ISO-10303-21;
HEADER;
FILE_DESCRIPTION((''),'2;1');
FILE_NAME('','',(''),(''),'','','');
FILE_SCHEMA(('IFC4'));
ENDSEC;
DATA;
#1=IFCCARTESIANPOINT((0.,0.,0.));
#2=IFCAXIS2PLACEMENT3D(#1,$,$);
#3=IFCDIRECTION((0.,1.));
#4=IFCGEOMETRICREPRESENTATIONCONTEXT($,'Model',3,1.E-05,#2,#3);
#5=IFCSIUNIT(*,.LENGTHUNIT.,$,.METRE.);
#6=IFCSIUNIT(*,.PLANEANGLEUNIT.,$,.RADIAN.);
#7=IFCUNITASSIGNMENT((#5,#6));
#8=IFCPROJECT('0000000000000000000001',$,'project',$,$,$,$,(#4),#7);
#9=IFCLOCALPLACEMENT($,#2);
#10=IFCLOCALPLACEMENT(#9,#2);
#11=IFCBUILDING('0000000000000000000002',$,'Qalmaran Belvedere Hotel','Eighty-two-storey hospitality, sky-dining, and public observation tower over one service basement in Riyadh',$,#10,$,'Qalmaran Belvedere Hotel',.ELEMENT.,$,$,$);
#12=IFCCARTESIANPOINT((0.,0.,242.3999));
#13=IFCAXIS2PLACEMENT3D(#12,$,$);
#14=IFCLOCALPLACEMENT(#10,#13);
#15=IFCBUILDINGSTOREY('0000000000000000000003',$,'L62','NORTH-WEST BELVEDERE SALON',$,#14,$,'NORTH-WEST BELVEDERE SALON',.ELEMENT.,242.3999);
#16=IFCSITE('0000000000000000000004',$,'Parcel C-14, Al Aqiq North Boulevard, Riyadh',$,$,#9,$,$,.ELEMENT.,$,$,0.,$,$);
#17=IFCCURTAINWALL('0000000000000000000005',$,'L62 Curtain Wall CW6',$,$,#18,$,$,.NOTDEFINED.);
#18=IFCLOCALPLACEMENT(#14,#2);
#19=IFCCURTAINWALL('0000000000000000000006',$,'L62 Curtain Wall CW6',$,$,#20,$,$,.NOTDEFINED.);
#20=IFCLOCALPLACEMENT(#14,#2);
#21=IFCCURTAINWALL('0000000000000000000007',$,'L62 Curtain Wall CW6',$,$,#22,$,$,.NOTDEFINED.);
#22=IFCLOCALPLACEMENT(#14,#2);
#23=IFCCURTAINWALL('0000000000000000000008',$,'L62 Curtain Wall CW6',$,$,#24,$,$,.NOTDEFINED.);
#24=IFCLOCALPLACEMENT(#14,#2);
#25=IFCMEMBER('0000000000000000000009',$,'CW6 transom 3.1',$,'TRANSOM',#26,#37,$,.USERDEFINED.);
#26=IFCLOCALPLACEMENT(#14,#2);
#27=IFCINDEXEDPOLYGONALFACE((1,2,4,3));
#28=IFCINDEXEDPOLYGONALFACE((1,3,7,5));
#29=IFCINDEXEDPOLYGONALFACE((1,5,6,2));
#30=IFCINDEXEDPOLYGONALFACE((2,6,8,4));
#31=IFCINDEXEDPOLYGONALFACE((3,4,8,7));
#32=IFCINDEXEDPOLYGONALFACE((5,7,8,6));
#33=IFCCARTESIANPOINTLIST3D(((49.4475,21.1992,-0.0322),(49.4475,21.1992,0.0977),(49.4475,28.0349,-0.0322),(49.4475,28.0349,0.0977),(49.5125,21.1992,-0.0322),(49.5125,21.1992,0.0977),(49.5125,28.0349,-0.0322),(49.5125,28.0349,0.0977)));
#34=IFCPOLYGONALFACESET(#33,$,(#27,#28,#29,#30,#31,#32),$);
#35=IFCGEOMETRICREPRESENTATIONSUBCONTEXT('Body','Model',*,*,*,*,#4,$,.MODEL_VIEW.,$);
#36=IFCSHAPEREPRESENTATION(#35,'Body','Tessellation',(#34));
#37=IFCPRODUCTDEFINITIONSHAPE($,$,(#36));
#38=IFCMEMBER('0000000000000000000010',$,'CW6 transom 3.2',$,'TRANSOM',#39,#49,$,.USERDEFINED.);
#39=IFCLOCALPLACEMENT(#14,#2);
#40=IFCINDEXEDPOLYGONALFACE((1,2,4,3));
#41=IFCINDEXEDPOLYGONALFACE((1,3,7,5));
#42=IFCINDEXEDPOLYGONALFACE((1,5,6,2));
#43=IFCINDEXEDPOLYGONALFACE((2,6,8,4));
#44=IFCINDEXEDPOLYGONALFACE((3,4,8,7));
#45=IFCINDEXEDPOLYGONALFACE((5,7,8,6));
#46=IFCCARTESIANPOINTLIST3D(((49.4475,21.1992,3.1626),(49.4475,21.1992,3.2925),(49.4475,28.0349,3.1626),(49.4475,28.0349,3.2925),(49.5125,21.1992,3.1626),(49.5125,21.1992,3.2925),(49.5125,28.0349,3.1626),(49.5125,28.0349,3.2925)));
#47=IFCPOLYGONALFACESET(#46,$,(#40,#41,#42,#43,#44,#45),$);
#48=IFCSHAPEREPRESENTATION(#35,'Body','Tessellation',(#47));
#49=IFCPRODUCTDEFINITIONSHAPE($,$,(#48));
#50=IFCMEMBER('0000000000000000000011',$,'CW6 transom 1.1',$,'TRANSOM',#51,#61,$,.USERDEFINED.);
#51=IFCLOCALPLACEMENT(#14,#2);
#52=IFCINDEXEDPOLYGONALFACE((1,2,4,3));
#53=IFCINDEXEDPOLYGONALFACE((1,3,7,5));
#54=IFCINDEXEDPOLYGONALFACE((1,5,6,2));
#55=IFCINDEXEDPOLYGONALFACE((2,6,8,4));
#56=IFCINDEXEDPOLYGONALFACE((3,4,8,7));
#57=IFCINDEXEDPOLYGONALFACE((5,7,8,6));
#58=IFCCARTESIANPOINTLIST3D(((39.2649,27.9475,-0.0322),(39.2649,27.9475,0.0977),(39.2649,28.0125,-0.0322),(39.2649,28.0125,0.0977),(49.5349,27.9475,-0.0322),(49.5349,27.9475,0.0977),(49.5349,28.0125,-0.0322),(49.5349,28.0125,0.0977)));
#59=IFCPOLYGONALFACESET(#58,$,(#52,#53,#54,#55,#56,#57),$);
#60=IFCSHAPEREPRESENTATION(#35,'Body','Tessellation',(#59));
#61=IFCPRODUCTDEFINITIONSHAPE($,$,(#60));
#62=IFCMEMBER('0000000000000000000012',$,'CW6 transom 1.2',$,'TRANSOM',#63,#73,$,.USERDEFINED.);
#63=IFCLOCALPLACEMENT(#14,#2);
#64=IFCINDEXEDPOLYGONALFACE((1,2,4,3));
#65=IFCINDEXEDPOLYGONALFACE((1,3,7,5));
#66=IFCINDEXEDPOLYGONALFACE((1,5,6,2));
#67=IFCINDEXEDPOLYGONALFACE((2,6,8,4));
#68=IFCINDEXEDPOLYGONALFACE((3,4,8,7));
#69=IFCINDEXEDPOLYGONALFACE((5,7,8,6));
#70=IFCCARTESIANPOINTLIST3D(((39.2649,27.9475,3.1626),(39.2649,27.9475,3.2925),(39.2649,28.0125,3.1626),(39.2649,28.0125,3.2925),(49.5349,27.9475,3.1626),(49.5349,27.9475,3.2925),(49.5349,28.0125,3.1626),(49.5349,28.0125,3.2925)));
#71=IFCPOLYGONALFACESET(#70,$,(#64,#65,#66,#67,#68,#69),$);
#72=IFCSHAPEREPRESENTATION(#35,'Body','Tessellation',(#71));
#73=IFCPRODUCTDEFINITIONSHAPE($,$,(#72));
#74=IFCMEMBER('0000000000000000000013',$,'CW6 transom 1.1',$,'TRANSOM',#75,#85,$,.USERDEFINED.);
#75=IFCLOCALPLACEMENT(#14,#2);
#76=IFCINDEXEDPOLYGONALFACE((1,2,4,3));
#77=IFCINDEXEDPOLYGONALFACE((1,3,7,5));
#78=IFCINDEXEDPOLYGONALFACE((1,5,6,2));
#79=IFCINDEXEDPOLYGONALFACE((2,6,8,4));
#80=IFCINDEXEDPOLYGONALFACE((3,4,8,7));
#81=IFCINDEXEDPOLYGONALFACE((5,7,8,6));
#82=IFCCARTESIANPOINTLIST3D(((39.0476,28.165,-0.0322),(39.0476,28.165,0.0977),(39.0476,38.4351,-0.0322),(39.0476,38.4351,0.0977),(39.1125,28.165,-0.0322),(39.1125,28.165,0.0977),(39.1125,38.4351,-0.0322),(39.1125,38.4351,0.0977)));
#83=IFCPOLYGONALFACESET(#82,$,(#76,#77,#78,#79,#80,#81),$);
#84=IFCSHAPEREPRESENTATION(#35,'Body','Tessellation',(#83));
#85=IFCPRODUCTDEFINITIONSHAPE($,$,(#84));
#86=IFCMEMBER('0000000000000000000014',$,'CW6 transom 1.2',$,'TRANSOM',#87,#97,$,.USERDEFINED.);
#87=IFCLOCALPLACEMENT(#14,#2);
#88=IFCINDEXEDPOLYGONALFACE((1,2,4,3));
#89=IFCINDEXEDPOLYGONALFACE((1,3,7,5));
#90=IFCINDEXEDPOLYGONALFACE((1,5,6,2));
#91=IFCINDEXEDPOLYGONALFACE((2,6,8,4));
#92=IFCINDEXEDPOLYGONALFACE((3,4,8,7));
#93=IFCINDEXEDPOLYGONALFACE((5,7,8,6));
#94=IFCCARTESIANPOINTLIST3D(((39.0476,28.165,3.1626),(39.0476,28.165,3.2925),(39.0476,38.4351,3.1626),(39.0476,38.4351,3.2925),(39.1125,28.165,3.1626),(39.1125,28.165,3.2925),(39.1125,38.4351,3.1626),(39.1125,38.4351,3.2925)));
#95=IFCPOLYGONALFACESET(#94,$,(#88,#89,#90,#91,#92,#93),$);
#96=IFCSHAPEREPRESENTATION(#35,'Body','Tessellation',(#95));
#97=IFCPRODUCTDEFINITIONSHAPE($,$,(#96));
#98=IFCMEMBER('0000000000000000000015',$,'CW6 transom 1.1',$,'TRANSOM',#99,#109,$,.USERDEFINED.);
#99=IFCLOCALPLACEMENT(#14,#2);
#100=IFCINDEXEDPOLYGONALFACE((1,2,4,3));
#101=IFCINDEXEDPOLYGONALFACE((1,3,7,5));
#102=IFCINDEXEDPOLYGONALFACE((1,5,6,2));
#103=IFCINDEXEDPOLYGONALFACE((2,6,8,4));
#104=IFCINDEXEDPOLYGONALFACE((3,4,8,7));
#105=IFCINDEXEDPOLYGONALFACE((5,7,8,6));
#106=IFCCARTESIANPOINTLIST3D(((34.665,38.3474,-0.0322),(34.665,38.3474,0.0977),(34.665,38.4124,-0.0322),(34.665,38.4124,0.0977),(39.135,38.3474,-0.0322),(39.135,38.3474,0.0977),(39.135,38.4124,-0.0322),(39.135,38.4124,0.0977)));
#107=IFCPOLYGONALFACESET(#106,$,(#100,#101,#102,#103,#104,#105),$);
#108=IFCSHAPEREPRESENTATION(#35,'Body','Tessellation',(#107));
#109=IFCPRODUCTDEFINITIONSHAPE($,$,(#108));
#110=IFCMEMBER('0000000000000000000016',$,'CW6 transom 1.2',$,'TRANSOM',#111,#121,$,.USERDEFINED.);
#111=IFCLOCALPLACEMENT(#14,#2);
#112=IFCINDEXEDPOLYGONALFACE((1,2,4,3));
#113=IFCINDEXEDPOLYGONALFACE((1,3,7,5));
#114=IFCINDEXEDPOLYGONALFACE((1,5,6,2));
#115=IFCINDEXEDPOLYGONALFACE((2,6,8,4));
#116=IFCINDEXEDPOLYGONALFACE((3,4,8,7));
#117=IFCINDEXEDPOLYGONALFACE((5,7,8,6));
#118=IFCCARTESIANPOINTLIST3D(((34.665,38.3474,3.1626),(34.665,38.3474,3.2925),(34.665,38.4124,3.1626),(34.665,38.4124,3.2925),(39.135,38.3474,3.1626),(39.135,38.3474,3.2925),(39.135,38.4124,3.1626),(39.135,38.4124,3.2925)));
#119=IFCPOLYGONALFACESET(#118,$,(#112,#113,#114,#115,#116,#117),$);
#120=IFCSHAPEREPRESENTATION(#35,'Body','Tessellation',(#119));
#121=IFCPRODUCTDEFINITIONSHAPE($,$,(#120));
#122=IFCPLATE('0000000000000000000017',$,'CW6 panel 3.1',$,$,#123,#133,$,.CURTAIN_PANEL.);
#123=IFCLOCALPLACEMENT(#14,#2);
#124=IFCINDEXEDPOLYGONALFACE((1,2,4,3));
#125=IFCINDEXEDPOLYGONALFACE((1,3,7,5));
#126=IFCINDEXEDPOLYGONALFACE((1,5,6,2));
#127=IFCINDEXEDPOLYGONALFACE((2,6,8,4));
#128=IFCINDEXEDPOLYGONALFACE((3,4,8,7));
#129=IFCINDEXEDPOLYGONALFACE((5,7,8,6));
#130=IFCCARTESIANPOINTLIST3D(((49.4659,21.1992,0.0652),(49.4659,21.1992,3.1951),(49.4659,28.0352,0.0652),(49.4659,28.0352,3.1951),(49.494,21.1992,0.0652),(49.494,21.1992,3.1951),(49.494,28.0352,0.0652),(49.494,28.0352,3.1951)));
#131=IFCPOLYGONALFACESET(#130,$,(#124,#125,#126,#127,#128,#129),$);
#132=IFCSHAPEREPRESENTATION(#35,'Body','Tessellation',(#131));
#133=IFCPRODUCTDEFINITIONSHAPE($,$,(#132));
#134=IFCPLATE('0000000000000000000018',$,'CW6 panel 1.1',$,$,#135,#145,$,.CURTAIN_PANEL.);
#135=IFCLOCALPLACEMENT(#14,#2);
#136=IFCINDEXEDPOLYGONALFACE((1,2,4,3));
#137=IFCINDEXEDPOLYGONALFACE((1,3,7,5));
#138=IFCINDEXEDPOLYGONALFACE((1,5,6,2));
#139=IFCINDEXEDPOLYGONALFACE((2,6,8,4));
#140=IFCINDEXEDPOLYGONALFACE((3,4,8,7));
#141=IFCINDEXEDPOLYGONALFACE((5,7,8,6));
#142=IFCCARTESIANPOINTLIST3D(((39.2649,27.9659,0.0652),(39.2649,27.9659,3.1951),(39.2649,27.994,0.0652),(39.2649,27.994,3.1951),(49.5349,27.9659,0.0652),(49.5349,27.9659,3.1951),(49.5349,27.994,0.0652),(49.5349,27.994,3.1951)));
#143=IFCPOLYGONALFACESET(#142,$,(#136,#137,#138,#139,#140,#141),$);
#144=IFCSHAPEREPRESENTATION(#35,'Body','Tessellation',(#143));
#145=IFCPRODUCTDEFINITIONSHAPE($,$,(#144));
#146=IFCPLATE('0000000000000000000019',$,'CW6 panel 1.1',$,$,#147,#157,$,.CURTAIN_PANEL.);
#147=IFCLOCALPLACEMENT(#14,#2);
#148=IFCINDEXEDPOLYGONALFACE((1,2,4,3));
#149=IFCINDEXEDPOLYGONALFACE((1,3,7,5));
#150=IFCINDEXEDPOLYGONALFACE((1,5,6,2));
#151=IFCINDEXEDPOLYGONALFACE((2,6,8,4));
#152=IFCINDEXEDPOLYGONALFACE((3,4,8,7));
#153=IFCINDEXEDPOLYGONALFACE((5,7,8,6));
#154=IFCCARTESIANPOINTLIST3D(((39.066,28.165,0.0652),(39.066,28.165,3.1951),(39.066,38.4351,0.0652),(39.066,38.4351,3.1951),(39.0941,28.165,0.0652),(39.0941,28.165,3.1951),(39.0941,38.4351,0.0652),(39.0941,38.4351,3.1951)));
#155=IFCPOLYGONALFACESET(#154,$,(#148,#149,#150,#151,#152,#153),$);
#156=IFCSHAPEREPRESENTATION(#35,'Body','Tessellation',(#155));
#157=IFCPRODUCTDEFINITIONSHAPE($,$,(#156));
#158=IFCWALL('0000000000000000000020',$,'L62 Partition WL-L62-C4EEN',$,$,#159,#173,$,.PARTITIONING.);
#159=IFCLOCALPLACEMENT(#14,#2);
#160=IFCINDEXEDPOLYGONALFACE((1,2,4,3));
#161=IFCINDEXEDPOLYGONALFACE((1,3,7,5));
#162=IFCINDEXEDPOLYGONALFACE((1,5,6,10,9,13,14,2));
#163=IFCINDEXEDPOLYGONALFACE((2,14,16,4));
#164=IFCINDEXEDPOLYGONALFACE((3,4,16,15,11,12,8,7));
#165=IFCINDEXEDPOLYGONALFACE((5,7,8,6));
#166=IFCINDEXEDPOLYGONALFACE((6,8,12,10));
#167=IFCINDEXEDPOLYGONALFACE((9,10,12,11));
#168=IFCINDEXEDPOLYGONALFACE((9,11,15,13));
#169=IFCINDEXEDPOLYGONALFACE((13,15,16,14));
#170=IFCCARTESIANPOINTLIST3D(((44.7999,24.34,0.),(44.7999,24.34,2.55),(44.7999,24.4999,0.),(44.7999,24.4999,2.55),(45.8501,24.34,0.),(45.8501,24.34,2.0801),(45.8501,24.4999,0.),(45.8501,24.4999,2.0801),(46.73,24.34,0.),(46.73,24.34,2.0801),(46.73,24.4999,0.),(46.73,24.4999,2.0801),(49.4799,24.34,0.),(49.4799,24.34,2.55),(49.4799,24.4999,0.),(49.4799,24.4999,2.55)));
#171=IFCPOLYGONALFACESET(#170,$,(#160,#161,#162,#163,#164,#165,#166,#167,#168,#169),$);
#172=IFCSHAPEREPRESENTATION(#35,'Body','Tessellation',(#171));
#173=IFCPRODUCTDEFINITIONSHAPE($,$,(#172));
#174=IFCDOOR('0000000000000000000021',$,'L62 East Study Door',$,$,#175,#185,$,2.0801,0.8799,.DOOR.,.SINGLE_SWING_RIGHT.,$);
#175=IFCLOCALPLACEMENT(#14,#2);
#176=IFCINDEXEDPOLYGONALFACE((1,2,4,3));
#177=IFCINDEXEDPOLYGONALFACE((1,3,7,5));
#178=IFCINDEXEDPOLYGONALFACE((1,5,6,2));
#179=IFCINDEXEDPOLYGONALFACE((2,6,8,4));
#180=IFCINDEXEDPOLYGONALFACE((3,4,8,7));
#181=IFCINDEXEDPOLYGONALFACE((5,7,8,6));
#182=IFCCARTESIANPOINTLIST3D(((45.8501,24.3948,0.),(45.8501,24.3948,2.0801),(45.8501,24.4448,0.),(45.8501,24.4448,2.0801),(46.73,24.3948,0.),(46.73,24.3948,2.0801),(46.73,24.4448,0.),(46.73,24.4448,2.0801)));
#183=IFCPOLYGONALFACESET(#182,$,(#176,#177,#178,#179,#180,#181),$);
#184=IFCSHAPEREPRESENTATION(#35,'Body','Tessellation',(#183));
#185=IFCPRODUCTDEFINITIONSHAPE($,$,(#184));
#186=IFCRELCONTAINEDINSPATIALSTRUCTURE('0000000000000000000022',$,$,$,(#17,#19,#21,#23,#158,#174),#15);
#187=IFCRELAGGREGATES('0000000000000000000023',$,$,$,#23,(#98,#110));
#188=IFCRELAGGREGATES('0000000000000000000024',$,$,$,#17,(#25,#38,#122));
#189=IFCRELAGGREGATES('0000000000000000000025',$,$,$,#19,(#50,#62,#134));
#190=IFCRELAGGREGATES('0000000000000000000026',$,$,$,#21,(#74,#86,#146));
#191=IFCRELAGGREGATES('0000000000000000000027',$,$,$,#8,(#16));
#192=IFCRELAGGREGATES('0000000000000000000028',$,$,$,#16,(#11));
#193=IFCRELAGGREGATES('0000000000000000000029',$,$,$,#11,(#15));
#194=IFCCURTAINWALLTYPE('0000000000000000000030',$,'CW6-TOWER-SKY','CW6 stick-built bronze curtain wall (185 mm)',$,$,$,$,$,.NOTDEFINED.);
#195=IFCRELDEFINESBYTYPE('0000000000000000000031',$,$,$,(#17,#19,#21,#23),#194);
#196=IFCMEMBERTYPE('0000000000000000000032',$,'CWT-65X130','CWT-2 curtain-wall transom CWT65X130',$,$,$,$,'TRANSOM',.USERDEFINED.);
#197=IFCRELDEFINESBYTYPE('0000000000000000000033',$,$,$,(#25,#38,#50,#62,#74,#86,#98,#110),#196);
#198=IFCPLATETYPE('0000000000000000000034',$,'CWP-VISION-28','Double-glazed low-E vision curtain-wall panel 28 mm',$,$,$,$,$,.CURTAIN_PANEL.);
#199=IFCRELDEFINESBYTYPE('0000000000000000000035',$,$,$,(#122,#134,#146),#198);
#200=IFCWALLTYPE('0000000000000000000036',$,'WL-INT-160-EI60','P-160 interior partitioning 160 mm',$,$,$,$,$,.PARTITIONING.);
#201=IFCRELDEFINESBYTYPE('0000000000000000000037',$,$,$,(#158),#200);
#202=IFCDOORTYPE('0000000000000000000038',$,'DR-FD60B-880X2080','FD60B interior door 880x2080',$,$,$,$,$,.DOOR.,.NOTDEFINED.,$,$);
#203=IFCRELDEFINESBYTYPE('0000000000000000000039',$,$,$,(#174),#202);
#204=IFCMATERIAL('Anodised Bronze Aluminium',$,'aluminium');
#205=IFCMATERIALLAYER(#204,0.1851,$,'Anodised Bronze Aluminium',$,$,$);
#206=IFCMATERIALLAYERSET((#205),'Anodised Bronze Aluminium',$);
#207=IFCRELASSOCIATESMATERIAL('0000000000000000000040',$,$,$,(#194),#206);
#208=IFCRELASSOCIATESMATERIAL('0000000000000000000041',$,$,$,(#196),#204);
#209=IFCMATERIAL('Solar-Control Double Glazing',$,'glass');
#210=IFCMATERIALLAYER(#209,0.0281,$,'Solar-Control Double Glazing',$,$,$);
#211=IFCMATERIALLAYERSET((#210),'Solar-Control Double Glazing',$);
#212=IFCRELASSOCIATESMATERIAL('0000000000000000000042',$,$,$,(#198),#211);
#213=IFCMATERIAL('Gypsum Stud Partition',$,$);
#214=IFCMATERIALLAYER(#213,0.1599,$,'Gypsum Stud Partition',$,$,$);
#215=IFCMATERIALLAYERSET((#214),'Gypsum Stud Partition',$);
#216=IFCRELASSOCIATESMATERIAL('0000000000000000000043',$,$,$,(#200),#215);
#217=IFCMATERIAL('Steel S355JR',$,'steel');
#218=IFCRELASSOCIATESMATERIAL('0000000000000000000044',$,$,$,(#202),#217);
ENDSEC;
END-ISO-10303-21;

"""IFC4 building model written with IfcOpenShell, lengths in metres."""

from ifc_helpers import new_model, si_unit, direction, frame, frame_2d, origin, origin_2d, place, context, subcontext, project, spatial, rectangle, extrude, material, layer, layer_set, material_profile, profile_set, type_object, element, fill, aggregate, save


model = new_model("IFC4")

# Units and contexts
model_context = context("Model", 3, precision=1e-05, world=origin(), true_north=direction((0.0, 1.0)))
body_context = subcontext(model_context, "Body", "Model", "MODEL_VIEW")
ifc_project = project(units=[si_unit("LENGTHUNIT", "METRE"), si_unit("PLANEANGLEUNIT", "RADIAN")], contexts=[model_context])

# Site, building, storey
site_placement = place(None, origin())
site = spatial("IfcSite", under=ifc_project, at=site_placement, Name="Parcel C-14, Al Aqiq North Boulevard, Riyadh", CompositionType="ELEMENT", RefElevation=0.0)
building_placement = place(site_placement, origin())
building = spatial("IfcBuilding", under=site, at=building_placement, Name="Qalmaran Belvedere Hotel", Description="Eighty-two-storey hospitality, sky-dining, and public observation tower over one service basement in Riyadh", LongName="Qalmaran Belvedere Hotel", CompositionType="ELEMENT")
storey_placement = place(building_placement, frame((0.0, 0.0, 242.3999)))
storey = spatial("IfcBuildingStorey", under=building, at=storey_placement, Name="L62", Description="NORTH-WEST BELVEDERE SALON", LongName="NORTH-WEST BELVEDERE SALON", CompositionType="ELEMENT", Elevation=242.3999)

# Shared definitions
ifc_material_1 = material(Name="Steel S355JR", Category="steel")

# Curtain walls
ifc_material_2 = material(Name="Anodised Bronze Aluminium", Category="aluminium")
ifc_layer_1 = layer(ifc_material_2, 0.1851, Name="Anodised Bronze Aluminium")
ifc_layer_set_1 = layer_set([ifc_layer_1], Name="Anodised Bronze Aluminium")
curtain_wall_type = type_object("IfcCurtainWallType", Name="CW6-TOWER-SKY", Description="CW6 stick-built bronze curtain wall (185 mm)", PredefinedType="NOTDEFINED", material=ifc_layer_set_1)
curtain_wall_1_placement = place(storey_placement, origin())
curtain_wall_1 = element("IfcCurtainWall", 1, at=curtain_wall_1_placement, inside=storey, type_object=curtain_wall_type, Name="L62 Curtain Wall CW6", PredefinedType="NOTDEFINED")
curtain_wall_2_placement = place(storey_placement, origin())
curtain_wall_2 = element("IfcCurtainWall", 2, at=curtain_wall_2_placement, inside=storey, type_object=curtain_wall_type, Name="L62 Curtain Wall CW6", PredefinedType="NOTDEFINED")
curtain_wall_3_placement = place(storey_placement, origin())
curtain_wall_3 = element("IfcCurtainWall", 3, at=curtain_wall_3_placement, inside=storey, type_object=curtain_wall_type, Name="L62 Curtain Wall CW6", PredefinedType="NOTDEFINED")

# Curtain wall
curtain_wall_4_placement = place(storey_placement, origin())
curtain_wall_4 = element("IfcCurtainWall", 4, at=curtain_wall_4_placement, inside=storey, type_object=curtain_wall_type, Name="L62 Curtain Wall CW6", PredefinedType="NOTDEFINED")

# Members
ifc_material_profile_1 = material_profile(ifc_material_2, rectangle(XDim=0.0649, YDim=0.1299, at=origin_2d()), Name="CWT65X130")
ifc_profile_set_1 = profile_set([ifc_material_profile_1], Name="Anodised Bronze Aluminium")
member_type_1 = type_object("IfcMemberType", Name="CWT-65X130", Description="CWT-2 curtain-wall transom CWT65X130", ElementType="TRANSOM", PredefinedType="USERDEFINED", material=ifc_profile_set_1)
member_1_placement = place(storey_placement, frame((49.48, 21.1992, 0.0327), z_axis=(0.0, 1.0, 0.0), x_axis=(-1.0, 0.0, 0.0)))
member_1 = element("IfcMember", 5, at=member_1_placement, type_object=member_type_1, Name="CW6 transom 3.1", ObjectType="TRANSOM", PredefinedType="USERDEFINED", context=body_context, shape_type="SweptSolid", body=[
    extrude(rectangle(XDim=0.0649, YDim=0.1299, at=origin_2d()), origin(), (0.0, 0.0, 1.0), 6.8357),
])
member_2_placement = place(storey_placement, frame((49.48, 21.1992, 3.2275), z_axis=(0.0, 1.0, 0.0), x_axis=(-1.0, 0.0, 0.0)))
member_2 = element("IfcMember", 6, at=member_2_placement, type_object=member_type_1, Name="CW6 transom 3.2", ObjectType="TRANSOM", PredefinedType="USERDEFINED", context=body_context, shape_type="SweptSolid", body=[
    extrude(rectangle(XDim=0.0649, YDim=0.1299, at=origin_2d()), origin(), (0.0, 0.0, 1.0), 6.8357),
])
member_3_placement = place(storey_placement, frame((49.5349, 27.98, 0.0327), z_axis=(-1.0, 0.0, 0.0), x_axis=(0.0, -1.0, 0.0)))
member_3 = element("IfcMember", 7, at=member_3_placement, type_object=member_type_1, Name="CW6 transom 1.1", ObjectType="TRANSOM", PredefinedType="USERDEFINED", context=body_context, shape_type="SweptSolid", body=[
    extrude(rectangle(XDim=0.0649, YDim=0.1299, at=origin_2d()), origin(), (0.0, 0.0, 1.0), 10.27),
])
member_4_placement = place(storey_placement, frame((49.5349, 27.98, 3.2275), z_axis=(-1.0, 0.0, 0.0), x_axis=(0.0, -1.0, 0.0)))
member_4 = element("IfcMember", 8, at=member_4_placement, type_object=member_type_1, Name="CW6 transom 1.2", ObjectType="TRANSOM", PredefinedType="USERDEFINED", context=body_context, shape_type="SweptSolid", body=[
    extrude(rectangle(XDim=0.0649, YDim=0.1299, at=origin_2d()), origin(), (0.0, 0.0, 1.0), 10.27),
])
member_5_placement = place(storey_placement, frame((39.0801, 28.165, 0.0327), z_axis=(0.0, 1.0, 0.0), x_axis=(-1.0, 0.0, 0.0)))
member_5 = element("IfcMember", 9, at=member_5_placement, type_object=member_type_1, Name="CW6 transom 1.1", ObjectType="TRANSOM", PredefinedType="USERDEFINED", context=body_context, shape_type="SweptSolid", body=[
    extrude(rectangle(XDim=0.0649, YDim=0.1299, at=origin_2d()), origin(), (0.0, 0.0, 1.0), 10.27),
])
member_6_placement = place(storey_placement, frame((39.0801, 28.165, 3.2275), z_axis=(0.0, 1.0, 0.0), x_axis=(-1.0, 0.0, 0.0)))
member_6 = element("IfcMember", 10, at=member_6_placement, type_object=member_type_1, Name="CW6 transom 1.2", ObjectType="TRANSOM", PredefinedType="USERDEFINED", context=body_context, shape_type="SweptSolid", body=[
    extrude(rectangle(XDim=0.0649, YDim=0.1299, at=origin_2d()), origin(), (0.0, 0.0, 1.0), 10.27),
])
member_7_placement = place(storey_placement, frame((39.135, 38.3799, 0.0327), z_axis=(-1.0, 0.0, 0.0), x_axis=(0.0, -1.0, 0.0)))
member_7 = element("IfcMember", 11, at=member_7_placement, type_object=member_type_1, Name="CW6 transom 1.1", ObjectType="TRANSOM", PredefinedType="USERDEFINED", context=body_context, shape_type="SweptSolid", body=[
    extrude(rectangle(XDim=0.0649, YDim=0.1299, at=origin_2d()), origin(), (0.0, 0.0, 1.0), 4.47),
])
member_8_placement = place(storey_placement, frame((39.135, 38.3799, 3.2275), z_axis=(-1.0, 0.0, 0.0), x_axis=(0.0, -1.0, 0.0)))
member_8 = element("IfcMember", 12, at=member_8_placement, type_object=member_type_1, Name="CW6 transom 1.2", ObjectType="TRANSOM", PredefinedType="USERDEFINED", context=body_context, shape_type="SweptSolid", body=[
    extrude(rectangle(XDim=0.0649, YDim=0.1299, at=origin_2d()), origin(), (0.0, 0.0, 1.0), 4.47),
])
aggregate(curtain_wall_4, [member_7, member_8])

# Plates
ifc_material_3 = material(Name="Solar-Control Double Glazing", Category="glass")
ifc_layer_2 = layer(ifc_material_3, 0.0281, Name="Solar-Control Double Glazing")
ifc_layer_set_2 = layer_set([ifc_layer_2], Name="Solar-Control Double Glazing")
plate_type = type_object("IfcPlateType", Name="CWP-VISION-28", Description="Double-glazed low-E vision curtain-wall panel 28 mm", PredefinedType="CURTAIN_PANEL", material=ifc_layer_set_2)
plate_1_placement = place(storey_placement, frame((49.48, 24.6172, 0.0652), z_axis=(0.0, 0.0, 1.0), x_axis=(0.0, 1.0, 0.0)))
plate_1 = element("IfcPlate", 13, at=plate_1_placement, type_object=plate_type, Name="CW6 panel 3.1", PredefinedType="CURTAIN_PANEL", context=body_context, shape_type="SweptSolid", body=[
    extrude(rectangle(XDim=6.8359, YDim=0.0281, at=origin_2d()), origin(), (0.0, 0.0, 1.0), 3.1299),
])
aggregate(curtain_wall_1, [member_1, member_2, plate_1])
plate_2_placement = place(storey_placement, frame((44.3999, 27.98, 0.0652), z_axis=(0.0, 0.0, 1.0), x_axis=(-1.0, 0.0, 0.0)))
plate_2 = element("IfcPlate", 14, at=plate_2_placement, type_object=plate_type, Name="CW6 panel 1.1", PredefinedType="CURTAIN_PANEL", context=body_context, shape_type="SweptSolid", body=[
    extrude(rectangle(XDim=10.27, YDim=0.0281, at=origin_2d()), origin(), (0.0, 0.0, 1.0), 3.1299),
])
aggregate(curtain_wall_2, [member_3, member_4, plate_2])
plate_3_placement = place(storey_placement, frame((39.0801, 33.3, 0.0652), z_axis=(0.0, 0.0, 1.0), x_axis=(0.0, 1.0, 0.0)))
plate_3 = element("IfcPlate", 15, at=plate_3_placement, type_object=plate_type, Name="CW6 panel 1.1", PredefinedType="CURTAIN_PANEL", context=body_context, shape_type="SweptSolid", body=[
    extrude(rectangle(XDim=10.27, YDim=0.0281, at=origin_2d()), origin(), (0.0, 0.0, 1.0), 3.1299),
])
aggregate(curtain_wall_3, [member_5, member_6, plate_3])

# Wall, opening, door
ifc_material_4 = material(Name="Gypsum Stud Partition")
ifc_layer_3 = layer(ifc_material_4, 0.1599, Name="Gypsum Stud Partition")
ifc_layer_set_3 = layer_set([ifc_layer_3], Name="Gypsum Stud Partition")
wall_type_1 = type_object("IfcWallType", Name="WL-INT-160-EI60", Description="P-160 interior partitioning 160 mm", PredefinedType="PARTITIONING", material=ifc_layer_set_3)
wall_1_placement = place(storey_placement, frame((44.8, 24.4199, 0.0), z_axis=(0.0, 0.0, 1.0), x_axis=(1.0, 0.0, 0.0)))
wall_1 = element("IfcWall", 16, at=wall_1_placement, inside=storey, type_object=wall_type_1, Name="L62 Partition WL-L62-C4EEN", PredefinedType="PARTITIONING", context=body_context, shape_type="SweptSolid", body=[
    extrude(rectangle(XDim=4.6799, YDim=0.1599, at=frame_2d((2.3398, 0.0))), origin(), (0.0, 0.0, 1.0), 2.55),
])
opening_1_placement = place(wall_1_placement, frame((1.05, 0.0, 0.0)))
opening_1 = element("IfcOpeningElement", 17, at=opening_1_placement, cuts=wall_1, PredefinedType="OPENING", context=body_context, shape_type="SweptSolid", body=[
    extrude(rectangle(XDim=0.8799, YDim=2.0801, at=frame_2d((0.4399, 1.04))), frame((0.0, 0.0898, 0.0), z_axis=(0.0, -1.0, 0.0), x_axis=(1.0, 0.0, 0.0)), (0.0, 0.0, 1.0), 0.1799),
])
door_type_1 = type_object("IfcDoorType", Name="DR-FD60B-880X2080", Description="FD60B interior door 880x2080", OperationType="NOTDEFINED", PredefinedType="DOOR", material=ifc_material_1)
door_1_placement = place(opening_1_placement, origin())
door_1 = element("IfcDoor", 18, at=door_1_placement, inside=storey, type_object=door_type_1, Name="L62 East Study Door", OperationType="SINGLE_SWING_RIGHT", OverallHeight=2.0801, OverallWidth=0.8799, PredefinedType="DOOR", context=body_context, shape_type="SweptSolid", body=[
    extrude(rectangle(XDim=0.8799, YDim=2.0801, at=frame_2d((0.4399, 1.04))), frame((0.0, 0.0249, 0.0), z_axis=(0.0, -1.0, 0.0), x_axis=(1.0, 0.0, 0.0)), (0.0, 0.0, 1.0), 0.05),
])
fill(opening_1, door_1)

save(model, "model.ifc")
